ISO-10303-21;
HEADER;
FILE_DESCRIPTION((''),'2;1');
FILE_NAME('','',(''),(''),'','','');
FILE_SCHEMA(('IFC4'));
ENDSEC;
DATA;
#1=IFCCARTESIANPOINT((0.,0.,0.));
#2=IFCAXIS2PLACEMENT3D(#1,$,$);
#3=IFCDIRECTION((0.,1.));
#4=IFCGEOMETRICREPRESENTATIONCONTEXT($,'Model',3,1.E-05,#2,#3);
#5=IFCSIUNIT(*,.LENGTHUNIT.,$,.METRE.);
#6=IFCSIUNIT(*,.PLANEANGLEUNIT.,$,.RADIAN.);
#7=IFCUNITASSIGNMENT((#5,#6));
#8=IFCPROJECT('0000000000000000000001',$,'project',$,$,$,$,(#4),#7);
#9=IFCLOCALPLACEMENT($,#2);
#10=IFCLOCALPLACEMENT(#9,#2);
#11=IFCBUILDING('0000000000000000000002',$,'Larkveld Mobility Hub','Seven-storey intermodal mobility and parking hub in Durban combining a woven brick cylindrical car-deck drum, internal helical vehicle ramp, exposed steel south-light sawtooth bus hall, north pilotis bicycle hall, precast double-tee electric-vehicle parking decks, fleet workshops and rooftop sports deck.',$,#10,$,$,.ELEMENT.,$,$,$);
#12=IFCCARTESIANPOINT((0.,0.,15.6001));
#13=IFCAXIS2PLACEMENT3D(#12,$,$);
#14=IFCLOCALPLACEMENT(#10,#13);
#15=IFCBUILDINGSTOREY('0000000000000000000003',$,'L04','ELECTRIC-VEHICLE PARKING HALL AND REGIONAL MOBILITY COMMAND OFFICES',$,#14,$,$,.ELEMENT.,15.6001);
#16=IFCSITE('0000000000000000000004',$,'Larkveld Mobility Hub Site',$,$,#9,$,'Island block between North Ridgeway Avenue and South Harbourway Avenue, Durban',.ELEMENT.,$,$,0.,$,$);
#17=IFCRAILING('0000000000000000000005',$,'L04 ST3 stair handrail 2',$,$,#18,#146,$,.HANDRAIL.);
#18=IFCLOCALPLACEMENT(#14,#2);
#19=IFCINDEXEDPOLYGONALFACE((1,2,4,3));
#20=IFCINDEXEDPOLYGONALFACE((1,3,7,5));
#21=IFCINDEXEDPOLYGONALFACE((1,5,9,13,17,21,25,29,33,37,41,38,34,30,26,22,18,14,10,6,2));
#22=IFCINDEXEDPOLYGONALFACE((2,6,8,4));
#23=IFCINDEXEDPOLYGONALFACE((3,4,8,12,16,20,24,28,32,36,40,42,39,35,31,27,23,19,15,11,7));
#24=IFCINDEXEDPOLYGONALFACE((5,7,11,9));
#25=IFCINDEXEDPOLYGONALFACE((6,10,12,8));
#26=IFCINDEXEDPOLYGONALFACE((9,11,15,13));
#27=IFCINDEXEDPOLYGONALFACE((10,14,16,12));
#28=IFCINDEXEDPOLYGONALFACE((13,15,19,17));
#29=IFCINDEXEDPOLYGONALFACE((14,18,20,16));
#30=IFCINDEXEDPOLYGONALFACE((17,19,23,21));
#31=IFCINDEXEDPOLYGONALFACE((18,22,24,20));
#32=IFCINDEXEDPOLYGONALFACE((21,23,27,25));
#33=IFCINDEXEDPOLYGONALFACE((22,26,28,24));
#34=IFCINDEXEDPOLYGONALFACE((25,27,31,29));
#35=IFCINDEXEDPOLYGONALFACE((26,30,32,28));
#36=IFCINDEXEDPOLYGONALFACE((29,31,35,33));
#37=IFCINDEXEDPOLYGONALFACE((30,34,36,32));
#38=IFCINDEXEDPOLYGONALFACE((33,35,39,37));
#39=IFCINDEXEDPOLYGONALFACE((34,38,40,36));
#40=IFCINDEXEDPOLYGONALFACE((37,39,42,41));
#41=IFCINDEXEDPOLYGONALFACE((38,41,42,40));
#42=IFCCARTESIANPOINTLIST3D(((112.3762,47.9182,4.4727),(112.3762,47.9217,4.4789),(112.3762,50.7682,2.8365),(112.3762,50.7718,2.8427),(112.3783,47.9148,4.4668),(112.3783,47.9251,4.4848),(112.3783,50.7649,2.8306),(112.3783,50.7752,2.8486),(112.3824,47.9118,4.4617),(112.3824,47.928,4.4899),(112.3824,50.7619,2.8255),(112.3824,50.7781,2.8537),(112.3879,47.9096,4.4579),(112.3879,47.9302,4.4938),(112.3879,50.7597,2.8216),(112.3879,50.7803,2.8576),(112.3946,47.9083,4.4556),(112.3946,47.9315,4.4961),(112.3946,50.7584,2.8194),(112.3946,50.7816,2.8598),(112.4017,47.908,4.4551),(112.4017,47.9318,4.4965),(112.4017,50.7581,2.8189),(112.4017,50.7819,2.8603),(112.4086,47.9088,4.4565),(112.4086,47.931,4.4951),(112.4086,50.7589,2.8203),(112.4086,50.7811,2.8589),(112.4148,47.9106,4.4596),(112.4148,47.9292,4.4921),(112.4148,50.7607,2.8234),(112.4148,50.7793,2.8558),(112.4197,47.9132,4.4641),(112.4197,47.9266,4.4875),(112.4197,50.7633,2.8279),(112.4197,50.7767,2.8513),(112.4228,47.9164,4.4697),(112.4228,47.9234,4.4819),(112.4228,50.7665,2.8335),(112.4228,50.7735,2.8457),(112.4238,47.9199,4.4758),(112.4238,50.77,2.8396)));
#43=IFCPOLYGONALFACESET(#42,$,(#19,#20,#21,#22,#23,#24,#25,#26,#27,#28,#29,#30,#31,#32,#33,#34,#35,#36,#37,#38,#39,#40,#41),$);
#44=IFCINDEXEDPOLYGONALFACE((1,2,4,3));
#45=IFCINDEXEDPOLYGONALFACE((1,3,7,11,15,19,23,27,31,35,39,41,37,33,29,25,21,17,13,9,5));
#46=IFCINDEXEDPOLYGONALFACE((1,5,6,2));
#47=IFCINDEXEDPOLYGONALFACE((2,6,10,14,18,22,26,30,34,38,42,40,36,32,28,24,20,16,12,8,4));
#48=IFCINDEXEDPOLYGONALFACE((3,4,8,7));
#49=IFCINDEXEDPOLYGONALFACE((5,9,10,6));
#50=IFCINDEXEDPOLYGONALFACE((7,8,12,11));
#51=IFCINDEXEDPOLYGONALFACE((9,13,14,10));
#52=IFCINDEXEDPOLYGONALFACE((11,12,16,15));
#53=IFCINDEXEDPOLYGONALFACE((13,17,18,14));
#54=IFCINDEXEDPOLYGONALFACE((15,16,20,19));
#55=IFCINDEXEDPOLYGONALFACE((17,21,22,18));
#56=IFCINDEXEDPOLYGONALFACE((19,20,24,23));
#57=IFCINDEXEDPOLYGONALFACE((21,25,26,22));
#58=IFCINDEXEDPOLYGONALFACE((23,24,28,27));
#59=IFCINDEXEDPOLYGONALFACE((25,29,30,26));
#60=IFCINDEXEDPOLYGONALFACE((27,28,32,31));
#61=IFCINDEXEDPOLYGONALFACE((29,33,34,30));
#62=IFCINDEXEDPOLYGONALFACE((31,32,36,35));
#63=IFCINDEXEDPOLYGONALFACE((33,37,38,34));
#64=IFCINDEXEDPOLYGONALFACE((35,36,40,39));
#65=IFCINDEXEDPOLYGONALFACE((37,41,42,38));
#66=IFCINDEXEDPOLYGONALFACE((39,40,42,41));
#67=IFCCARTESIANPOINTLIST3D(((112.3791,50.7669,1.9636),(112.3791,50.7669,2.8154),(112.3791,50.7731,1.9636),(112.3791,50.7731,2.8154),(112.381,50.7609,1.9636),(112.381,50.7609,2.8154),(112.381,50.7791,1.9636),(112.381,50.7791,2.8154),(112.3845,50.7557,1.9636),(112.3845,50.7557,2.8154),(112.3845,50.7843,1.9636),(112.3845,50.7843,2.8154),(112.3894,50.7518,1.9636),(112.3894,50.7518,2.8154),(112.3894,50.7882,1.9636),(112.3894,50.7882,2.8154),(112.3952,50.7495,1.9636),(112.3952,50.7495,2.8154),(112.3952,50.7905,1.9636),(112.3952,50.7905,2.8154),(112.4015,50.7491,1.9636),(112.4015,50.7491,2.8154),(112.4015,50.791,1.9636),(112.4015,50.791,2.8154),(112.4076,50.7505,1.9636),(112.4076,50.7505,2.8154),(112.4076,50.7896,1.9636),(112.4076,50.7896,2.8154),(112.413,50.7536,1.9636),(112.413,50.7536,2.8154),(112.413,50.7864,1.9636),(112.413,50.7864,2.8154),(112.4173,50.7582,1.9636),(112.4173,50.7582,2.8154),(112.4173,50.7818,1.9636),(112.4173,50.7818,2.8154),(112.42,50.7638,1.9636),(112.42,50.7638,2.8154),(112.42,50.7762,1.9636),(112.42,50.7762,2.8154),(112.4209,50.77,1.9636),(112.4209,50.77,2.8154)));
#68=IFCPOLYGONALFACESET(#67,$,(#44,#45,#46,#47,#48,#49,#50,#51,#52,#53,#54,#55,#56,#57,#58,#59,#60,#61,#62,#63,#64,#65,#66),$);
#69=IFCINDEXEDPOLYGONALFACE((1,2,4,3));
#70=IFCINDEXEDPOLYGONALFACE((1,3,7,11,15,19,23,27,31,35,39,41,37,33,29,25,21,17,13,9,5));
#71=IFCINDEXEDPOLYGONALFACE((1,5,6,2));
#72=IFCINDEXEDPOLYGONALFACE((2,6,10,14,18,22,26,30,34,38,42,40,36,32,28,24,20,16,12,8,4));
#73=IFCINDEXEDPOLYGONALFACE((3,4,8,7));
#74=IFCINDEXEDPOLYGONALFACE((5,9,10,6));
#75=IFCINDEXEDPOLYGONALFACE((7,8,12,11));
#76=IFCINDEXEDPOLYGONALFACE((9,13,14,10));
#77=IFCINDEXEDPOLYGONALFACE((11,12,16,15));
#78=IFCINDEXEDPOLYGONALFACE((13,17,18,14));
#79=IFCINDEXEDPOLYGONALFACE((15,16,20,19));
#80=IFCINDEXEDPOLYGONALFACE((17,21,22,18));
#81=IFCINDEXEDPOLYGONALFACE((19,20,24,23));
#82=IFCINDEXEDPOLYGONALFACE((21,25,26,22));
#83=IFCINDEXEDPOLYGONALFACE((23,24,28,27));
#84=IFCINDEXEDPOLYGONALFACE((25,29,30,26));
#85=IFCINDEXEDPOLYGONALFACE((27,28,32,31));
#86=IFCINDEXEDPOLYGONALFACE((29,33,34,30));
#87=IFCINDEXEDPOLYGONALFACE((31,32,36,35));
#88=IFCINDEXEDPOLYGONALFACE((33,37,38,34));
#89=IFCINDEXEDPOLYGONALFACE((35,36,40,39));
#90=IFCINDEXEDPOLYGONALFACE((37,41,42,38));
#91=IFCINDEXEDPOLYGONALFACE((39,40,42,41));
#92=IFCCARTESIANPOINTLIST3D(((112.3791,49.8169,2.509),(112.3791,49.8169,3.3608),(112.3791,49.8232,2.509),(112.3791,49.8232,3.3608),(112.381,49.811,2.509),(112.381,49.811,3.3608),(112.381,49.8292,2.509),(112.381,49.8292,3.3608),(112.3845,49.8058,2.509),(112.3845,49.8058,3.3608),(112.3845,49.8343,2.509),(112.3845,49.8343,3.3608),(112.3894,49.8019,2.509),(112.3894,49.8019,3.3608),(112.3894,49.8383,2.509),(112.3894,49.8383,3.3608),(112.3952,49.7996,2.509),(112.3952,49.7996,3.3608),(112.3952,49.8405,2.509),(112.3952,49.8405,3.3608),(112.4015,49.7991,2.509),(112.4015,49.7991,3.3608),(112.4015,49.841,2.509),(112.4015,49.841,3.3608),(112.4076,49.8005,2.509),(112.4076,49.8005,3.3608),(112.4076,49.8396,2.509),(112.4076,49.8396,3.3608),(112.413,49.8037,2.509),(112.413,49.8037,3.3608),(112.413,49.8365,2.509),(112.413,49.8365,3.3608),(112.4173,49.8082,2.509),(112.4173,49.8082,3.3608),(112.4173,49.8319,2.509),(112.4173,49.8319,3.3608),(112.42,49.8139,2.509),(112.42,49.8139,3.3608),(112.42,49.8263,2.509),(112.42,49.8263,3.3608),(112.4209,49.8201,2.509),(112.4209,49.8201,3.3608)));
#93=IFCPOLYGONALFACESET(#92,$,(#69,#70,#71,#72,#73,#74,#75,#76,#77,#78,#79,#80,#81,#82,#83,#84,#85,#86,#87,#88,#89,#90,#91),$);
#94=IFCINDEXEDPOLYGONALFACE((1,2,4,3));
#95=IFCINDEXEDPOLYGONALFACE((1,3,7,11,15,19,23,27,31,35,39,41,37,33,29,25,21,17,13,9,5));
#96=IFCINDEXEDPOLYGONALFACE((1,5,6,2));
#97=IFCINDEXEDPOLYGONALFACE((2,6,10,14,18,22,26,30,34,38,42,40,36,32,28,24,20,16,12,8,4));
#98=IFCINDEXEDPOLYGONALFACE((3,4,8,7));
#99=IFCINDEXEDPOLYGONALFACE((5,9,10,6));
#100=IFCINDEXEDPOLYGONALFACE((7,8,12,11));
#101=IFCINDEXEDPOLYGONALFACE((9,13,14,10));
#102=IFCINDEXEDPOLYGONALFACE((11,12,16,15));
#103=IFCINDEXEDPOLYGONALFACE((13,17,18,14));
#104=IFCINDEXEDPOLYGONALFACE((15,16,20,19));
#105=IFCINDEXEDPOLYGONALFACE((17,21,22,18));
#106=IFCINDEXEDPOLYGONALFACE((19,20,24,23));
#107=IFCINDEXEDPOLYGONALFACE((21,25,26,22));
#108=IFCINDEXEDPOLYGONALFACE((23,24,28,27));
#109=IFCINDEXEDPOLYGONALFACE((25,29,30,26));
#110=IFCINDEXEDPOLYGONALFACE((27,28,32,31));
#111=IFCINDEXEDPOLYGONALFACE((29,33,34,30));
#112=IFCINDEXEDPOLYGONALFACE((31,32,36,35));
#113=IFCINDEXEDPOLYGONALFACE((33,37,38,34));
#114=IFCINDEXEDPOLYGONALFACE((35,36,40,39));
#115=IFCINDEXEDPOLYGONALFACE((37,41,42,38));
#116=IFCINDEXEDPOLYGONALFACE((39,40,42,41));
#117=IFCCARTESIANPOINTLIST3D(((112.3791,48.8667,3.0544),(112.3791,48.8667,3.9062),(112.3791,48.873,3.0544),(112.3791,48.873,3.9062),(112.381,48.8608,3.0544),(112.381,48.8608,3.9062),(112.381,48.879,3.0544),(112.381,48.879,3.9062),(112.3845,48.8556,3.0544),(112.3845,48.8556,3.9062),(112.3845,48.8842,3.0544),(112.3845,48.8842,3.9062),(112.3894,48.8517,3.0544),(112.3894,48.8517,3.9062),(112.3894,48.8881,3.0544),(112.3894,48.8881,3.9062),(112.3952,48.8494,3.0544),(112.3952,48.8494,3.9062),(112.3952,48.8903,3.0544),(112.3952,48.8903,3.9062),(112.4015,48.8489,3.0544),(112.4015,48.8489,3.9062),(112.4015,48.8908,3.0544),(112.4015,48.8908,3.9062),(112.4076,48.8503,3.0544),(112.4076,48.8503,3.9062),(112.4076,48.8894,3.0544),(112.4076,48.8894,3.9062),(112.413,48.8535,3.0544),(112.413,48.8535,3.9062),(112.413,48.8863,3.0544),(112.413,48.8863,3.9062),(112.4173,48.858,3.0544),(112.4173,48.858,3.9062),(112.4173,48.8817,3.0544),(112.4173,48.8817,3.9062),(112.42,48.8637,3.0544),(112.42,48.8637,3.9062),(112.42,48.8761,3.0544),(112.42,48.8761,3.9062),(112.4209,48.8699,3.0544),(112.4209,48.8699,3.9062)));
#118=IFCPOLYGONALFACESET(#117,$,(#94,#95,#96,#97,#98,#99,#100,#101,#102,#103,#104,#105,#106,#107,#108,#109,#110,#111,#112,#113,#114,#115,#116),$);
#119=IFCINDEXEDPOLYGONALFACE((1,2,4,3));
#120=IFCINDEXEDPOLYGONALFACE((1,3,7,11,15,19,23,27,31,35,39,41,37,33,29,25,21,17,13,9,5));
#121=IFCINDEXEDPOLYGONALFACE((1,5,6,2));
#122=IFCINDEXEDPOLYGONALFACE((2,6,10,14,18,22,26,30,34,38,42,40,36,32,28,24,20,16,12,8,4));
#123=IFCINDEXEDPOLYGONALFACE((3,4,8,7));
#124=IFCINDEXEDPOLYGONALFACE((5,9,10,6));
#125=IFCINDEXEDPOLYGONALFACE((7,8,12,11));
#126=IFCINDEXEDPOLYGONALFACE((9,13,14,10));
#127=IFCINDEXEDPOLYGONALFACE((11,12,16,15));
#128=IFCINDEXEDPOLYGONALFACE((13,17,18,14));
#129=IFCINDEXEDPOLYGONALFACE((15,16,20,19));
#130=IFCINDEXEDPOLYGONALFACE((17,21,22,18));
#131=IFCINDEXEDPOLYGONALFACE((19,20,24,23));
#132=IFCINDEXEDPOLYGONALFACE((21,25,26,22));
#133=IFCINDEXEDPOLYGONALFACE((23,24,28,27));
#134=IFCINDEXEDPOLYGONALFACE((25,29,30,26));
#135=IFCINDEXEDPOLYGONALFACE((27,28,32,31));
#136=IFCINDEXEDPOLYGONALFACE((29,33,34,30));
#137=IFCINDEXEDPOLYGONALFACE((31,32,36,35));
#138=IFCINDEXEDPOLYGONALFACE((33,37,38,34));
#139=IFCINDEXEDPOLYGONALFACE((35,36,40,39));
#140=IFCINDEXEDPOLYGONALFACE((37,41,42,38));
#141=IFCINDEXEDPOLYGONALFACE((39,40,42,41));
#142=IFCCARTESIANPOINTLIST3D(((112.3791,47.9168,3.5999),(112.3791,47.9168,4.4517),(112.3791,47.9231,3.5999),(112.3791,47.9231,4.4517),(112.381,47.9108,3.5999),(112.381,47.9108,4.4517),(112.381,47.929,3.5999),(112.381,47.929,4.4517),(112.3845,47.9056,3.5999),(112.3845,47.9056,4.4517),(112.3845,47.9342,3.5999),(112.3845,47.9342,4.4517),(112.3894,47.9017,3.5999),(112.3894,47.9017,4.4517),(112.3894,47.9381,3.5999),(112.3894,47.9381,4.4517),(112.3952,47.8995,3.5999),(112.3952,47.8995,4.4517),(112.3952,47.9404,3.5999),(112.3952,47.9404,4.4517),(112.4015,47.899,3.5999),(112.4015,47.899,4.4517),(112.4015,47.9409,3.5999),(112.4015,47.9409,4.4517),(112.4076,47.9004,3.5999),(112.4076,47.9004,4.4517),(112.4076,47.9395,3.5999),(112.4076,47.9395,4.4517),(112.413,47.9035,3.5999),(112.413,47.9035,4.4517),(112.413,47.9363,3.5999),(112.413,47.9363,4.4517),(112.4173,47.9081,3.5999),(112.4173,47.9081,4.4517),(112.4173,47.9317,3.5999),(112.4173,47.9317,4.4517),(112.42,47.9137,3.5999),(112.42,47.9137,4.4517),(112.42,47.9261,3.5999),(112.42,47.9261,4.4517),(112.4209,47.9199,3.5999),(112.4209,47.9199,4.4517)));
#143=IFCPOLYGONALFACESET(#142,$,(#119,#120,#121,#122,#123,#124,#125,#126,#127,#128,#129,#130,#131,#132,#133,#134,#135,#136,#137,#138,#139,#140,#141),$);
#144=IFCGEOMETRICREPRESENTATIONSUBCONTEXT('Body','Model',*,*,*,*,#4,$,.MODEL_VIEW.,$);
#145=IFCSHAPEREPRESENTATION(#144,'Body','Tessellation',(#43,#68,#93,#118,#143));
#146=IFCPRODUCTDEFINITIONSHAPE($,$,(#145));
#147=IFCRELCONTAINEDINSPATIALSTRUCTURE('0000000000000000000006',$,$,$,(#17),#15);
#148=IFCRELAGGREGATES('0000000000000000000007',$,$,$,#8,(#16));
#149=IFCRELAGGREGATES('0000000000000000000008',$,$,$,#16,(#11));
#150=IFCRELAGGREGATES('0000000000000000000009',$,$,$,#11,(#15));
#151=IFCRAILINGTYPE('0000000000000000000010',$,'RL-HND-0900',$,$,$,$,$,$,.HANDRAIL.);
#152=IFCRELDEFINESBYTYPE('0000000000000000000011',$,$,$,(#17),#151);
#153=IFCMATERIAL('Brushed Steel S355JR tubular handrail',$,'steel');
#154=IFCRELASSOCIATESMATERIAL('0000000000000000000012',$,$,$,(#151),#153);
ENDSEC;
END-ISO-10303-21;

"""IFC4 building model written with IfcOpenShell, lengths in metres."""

from ifc_helpers import new_model, si_unit, direction, frame, origin, origin_2d, place, context, subcontext, project, spatial, circle, extrude, material, type_object, element, save


model = new_model("IFC4")

# Units and contexts
model_context = context("Model", 3, precision=1e-05, world=origin(), true_north=direction((0.0, 1.0)))
body_context = subcontext(model_context, "Body", "Model", "MODEL_VIEW")
ifc_project = project(units=[si_unit("LENGTHUNIT", "METRE"), si_unit("PLANEANGLEUNIT", "RADIAN")], contexts=[model_context])

# Site, building, storey
site_placement = place(None, origin())
site = spatial("IfcSite", under=ifc_project, at=site_placement, Name="Larkveld Mobility Hub Site", LongName="Island block between North Ridgeway Avenue and South Harbourway Avenue, Durban", CompositionType="ELEMENT", RefElevation=0.0)
building_placement = place(site_placement, origin())
building = spatial("IfcBuilding", under=site, at=building_placement, Name="Larkveld Mobility Hub", Description="Seven-storey intermodal mobility and parking hub in Durban combining a woven brick cylindrical car-deck drum, internal helical vehicle ramp, exposed steel south-light sawtooth bus hall, north pilotis bicycle hall, precast double-tee electric-vehicle parking decks, fleet workshops and rooftop sports deck.", CompositionType="ELEMENT")
storey_placement = place(building_placement, frame((0.0, 0.0, 15.6001)))
storey = spatial("IfcBuildingStorey", under=building, at=storey_placement, Name="L04", Description="ELECTRIC-VEHICLE PARKING HALL AND REGIONAL MOBILITY COMMAND OFFICES", CompositionType="ELEMENT", Elevation=15.6001)

# Railing
ifc_material_1 = material(Name="Brushed Steel S355JR tubular handrail", Category="steel")
railing_type_1 = type_object("IfcRailingType", Name="RL-HND-0900", PredefinedType="HANDRAIL", material=ifc_material_1)
railing_1_placement = place(storey_placement, frame((112.3999, 50.77, 1.9636)))
element("IfcRailing", 1, at=railing_1_placement, inside=storey, type_object=railing_type_1, Name="L04 ST3 stair handrail 2", PredefinedType="HANDRAIL", context=body_context, shape_type="SweptSolid", body=[
    extrude(circle(Radius=0.0239, at=origin_2d()), frame((0.0, 0.0, 0.876), z_axis=(0.0, -0.867245, 0.497882), x_axis=(1.0, 0.0, 0.0)), (0.0, 0.0, 1.0), 3.2864),
    extrude(circle(Radius=0.021, at=origin_2d()), origin(), (0.0, 0.0, 1.0), 0.8518),
    extrude(circle(Radius=0.021, at=origin_2d()), frame((0.0, -0.95, 0.5454)), (0.0, 0.0, 1.0), 0.8518),
    extrude(circle(Radius=0.021, at=origin_2d()), frame((0.0, -1.9001, 1.0908)), (0.0, 0.0, 1.0), 0.8518),
    extrude(circle(Radius=0.021, at=origin_2d()), frame((0.0, -2.8501, 1.6362)), (0.0, 0.0, 1.0), 0.8518),
])

save(model, "model.ifc")
